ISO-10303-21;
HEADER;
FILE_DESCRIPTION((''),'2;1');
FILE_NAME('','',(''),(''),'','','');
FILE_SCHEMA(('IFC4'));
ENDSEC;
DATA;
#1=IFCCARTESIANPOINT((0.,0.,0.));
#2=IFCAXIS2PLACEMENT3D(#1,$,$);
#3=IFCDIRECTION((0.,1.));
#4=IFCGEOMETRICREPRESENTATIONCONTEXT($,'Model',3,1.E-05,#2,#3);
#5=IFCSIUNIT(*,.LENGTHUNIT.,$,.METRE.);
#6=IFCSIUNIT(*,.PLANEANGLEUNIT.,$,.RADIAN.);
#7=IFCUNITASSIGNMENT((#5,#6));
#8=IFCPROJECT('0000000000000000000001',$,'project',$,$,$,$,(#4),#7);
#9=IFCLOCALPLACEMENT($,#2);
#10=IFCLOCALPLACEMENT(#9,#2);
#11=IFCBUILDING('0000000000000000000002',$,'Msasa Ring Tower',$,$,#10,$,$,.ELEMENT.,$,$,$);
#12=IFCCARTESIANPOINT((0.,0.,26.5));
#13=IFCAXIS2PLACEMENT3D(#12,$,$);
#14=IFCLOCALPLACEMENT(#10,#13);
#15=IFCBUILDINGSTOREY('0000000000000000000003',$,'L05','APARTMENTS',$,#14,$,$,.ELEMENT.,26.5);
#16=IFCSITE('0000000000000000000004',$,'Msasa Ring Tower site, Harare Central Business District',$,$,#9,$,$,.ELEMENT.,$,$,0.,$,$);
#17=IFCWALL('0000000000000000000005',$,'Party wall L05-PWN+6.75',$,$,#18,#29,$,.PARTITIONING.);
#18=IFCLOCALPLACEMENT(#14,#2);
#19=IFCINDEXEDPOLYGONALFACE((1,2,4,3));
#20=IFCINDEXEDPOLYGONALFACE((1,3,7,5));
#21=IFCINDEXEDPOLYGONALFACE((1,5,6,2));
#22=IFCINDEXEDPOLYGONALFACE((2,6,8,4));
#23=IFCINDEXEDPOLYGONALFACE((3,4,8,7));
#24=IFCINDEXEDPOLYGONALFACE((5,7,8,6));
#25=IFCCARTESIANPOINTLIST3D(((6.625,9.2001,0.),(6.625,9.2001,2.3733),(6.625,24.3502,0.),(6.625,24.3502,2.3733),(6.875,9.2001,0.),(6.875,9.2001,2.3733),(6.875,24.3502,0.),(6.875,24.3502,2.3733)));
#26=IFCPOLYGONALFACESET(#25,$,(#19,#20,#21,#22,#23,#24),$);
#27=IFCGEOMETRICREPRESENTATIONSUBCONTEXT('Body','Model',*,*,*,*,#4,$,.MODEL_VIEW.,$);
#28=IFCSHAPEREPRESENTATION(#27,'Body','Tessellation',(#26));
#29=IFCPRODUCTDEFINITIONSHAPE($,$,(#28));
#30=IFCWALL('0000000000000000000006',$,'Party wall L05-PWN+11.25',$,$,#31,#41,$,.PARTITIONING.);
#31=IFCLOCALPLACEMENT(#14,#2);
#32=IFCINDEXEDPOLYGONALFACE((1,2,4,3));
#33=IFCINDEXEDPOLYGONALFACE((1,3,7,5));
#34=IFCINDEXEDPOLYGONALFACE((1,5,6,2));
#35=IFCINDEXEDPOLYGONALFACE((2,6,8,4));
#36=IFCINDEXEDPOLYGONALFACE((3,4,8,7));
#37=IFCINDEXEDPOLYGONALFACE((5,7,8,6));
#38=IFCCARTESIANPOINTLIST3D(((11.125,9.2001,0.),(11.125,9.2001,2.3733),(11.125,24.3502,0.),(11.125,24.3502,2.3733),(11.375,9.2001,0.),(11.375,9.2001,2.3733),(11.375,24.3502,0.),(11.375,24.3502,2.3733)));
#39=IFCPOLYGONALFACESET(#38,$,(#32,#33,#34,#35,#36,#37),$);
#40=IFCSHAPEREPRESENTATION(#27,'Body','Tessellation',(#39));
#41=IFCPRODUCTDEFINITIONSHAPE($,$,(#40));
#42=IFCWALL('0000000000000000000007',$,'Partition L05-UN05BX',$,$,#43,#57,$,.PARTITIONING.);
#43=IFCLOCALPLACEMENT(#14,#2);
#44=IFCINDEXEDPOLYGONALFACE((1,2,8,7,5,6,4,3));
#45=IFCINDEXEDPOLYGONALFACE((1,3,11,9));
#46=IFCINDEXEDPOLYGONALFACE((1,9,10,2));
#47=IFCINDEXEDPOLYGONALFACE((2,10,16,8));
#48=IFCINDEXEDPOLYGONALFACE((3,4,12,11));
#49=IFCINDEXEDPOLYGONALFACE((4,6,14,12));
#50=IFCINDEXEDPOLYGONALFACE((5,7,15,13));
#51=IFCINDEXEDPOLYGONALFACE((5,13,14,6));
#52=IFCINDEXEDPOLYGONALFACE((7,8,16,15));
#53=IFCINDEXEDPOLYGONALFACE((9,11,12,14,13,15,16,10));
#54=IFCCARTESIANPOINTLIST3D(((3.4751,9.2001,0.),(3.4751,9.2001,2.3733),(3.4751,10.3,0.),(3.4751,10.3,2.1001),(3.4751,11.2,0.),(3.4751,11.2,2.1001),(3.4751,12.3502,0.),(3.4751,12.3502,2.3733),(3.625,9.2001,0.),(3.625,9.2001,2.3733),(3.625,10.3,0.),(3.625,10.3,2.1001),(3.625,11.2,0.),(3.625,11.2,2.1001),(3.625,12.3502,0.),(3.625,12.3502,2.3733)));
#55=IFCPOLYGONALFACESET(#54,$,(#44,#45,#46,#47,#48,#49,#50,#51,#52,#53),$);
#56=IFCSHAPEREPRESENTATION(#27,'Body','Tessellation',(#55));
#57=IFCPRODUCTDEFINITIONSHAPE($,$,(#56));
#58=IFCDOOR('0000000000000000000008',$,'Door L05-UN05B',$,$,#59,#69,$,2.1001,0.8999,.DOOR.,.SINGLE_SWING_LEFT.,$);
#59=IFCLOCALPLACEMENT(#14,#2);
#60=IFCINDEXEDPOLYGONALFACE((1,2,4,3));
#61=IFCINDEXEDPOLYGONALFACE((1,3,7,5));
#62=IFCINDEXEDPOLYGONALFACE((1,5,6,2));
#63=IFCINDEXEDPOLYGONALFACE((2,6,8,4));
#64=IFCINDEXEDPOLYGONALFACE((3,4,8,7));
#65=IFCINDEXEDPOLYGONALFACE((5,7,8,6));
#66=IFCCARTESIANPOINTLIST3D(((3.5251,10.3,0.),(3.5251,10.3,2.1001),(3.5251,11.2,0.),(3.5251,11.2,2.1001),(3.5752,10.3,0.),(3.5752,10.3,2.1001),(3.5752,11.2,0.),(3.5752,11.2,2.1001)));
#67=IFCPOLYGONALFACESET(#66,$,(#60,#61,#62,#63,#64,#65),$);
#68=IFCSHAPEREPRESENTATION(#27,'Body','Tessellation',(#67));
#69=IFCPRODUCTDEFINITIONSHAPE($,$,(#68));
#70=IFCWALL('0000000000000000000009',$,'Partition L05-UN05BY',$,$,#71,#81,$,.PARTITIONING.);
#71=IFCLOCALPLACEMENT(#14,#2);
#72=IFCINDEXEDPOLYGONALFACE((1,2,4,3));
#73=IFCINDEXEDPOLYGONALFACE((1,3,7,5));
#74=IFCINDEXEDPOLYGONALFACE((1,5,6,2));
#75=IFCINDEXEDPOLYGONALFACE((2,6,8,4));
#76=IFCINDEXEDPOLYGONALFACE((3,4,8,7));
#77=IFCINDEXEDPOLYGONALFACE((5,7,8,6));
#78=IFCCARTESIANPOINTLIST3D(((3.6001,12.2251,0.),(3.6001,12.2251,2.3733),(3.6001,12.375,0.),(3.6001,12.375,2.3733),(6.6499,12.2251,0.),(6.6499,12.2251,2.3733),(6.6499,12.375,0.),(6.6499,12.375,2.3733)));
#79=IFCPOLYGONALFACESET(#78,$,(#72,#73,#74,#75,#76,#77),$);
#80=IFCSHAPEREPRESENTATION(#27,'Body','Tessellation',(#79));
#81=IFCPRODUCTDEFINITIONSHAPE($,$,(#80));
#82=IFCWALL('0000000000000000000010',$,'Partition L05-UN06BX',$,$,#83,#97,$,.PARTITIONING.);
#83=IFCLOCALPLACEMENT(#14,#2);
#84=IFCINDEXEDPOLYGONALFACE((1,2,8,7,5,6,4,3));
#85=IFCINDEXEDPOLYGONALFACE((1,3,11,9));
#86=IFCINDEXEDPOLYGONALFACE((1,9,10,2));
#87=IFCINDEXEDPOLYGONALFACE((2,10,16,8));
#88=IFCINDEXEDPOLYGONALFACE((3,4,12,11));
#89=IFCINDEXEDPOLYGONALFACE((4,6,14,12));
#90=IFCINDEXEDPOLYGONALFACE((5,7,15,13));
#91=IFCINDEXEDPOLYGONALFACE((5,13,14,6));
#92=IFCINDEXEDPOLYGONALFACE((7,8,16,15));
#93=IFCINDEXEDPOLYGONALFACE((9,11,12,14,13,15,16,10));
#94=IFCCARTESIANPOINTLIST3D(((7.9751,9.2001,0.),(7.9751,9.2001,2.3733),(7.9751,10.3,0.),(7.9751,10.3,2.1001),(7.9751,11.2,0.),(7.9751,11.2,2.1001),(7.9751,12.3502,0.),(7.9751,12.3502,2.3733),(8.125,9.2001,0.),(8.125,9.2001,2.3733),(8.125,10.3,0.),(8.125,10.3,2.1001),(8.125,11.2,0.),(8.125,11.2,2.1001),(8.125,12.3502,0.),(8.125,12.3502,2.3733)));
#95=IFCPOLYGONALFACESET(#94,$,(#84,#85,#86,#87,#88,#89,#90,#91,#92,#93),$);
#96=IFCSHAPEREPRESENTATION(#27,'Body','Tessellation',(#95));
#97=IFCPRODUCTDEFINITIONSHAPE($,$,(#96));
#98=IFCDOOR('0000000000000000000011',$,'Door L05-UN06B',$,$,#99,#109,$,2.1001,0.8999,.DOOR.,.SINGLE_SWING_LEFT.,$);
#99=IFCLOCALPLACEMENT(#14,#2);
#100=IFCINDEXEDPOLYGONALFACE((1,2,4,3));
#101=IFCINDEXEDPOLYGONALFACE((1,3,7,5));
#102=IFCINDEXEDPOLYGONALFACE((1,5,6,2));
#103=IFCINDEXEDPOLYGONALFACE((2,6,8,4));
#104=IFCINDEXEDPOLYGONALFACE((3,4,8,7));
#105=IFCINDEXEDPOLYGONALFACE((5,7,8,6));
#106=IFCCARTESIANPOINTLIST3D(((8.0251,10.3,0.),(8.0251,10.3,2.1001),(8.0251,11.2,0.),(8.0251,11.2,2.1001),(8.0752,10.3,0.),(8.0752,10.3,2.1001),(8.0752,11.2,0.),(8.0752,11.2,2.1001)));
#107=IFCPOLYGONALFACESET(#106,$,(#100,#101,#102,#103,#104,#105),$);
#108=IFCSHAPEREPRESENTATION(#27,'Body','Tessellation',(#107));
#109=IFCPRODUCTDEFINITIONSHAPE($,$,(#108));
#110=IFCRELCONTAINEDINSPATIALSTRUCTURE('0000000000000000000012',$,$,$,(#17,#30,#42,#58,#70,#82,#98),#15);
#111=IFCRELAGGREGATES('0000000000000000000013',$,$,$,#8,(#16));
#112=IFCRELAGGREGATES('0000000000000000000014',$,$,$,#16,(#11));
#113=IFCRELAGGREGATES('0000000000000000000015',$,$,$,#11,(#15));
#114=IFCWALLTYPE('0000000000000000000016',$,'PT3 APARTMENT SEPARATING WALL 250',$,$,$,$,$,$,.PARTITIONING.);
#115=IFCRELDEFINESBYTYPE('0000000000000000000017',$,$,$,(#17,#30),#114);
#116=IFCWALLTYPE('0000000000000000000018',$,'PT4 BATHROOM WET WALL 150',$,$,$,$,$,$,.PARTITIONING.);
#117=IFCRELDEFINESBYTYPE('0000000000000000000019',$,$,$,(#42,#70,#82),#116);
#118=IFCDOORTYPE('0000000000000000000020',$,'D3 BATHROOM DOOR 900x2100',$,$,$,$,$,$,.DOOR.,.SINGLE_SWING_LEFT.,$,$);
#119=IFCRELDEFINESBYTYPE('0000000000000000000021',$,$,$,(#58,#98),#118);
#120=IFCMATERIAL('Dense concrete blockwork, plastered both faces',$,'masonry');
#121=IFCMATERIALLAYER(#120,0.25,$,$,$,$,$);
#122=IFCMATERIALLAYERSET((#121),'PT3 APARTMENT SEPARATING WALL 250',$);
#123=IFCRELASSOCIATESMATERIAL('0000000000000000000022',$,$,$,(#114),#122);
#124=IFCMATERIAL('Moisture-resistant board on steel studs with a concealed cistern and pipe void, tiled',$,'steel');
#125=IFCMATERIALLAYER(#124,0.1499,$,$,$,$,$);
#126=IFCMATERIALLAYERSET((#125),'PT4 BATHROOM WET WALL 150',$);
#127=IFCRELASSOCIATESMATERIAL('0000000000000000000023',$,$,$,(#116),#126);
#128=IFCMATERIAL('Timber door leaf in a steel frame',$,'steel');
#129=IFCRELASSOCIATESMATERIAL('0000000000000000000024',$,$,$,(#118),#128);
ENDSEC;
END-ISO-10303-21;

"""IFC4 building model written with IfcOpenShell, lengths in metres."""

from ifc_helpers import new_model, si_unit, direction, frame, frame_2d, origin, place, context, subcontext, project, spatial, rectangle, extrude, material, layer, layer_set, type_object, element, fill, save


model = new_model("IFC4")

# Units and contexts
model_context = context("Model", 3, precision=1e-05, world=origin(), true_north=direction((0.0, 1.0)))
body_context = subcontext(model_context, "Body", "Model", "MODEL_VIEW")
ifc_project = project(units=[si_unit("LENGTHUNIT", "METRE"), si_unit("PLANEANGLEUNIT", "RADIAN")], contexts=[model_context])

# Site, building, storey
site_placement = place(None, origin())
site = spatial("IfcSite", under=ifc_project, at=site_placement, Name="Msasa Ring Tower site, Harare Central Business District", CompositionType="ELEMENT", RefElevation=0.0)
building_placement = place(site_placement, origin())
building = spatial("IfcBuilding", under=site, at=building_placement, Name="Msasa Ring Tower", CompositionType="ELEMENT")
storey_placement = place(building_placement, frame((0.0, 0.0, 26.5)))
storey = spatial("IfcBuildingStorey", under=building, at=storey_placement, Name="L05", Description="APARTMENTS", CompositionType="ELEMENT", Elevation=26.5)

# Walls
ifc_material_1 = material(Name="Dense concrete blockwork, plastered both faces", Category="masonry")
ifc_layer_1 = layer(ifc_material_1, 0.25)
ifc_layer_set_1 = layer_set([ifc_layer_1], Name="PT3 APARTMENT SEPARATING WALL 250")
wall_type_1 = type_object("IfcWallType", Name="PT3 APARTMENT SEPARATING WALL 250", PredefinedType="PARTITIONING", material=ifc_layer_set_1)
for number, where, z_axis, x_axis, name in (
    (1, (6.75, 9.2, 0.0), (0.0, 0.0, 1.0), (0.0, 1.0, 0.0), "Party wall L05-PWN+6.75"),
    (2, (11.25, 9.2, 0.0), (0.0, 0.0, 1.0), (0.0, 1.0, 0.0), "Party wall L05-PWN+11.25"),
):
    element("IfcWall", number, at=place(storey_placement, frame(where, z_axis=z_axis, x_axis=x_axis)), inside=storey, type_object=wall_type_1, Name=name, PredefinedType="PARTITIONING", context=body_context, shape_type="SweptSolid", body=[
        extrude(rectangle(XDim=15.1501, YDim=0.25, at=frame_2d((7.5752, 0.0))), origin(), (0.0, 0.0, 1.0), 2.3733),
    ])

# Wall, opening, door
ifc_material_2 = material(Name="Moisture-resistant board on steel studs with a concealed cistern and pipe void, tiled", Category="steel")
ifc_layer_2 = layer(ifc_material_2, 0.1499)
ifc_layer_set_2 = layer_set([ifc_layer_2], Name="PT4 BATHROOM WET WALL 150")
wall_type_2 = type_object("IfcWallType", Name="PT4 BATHROOM WET WALL 150", PredefinedType="PARTITIONING", material=ifc_layer_set_2)
wall_1_placement = place(storey_placement, frame((3.55, 9.2, 0.0), z_axis=(0.0, 0.0, 1.0), x_axis=(0.0, 1.0, 0.0)))
wall_1 = element("IfcWall", 3, at=wall_1_placement, inside=storey, type_object=wall_type_2, Name="Partition L05-UN05BX", PredefinedType="PARTITIONING", context=body_context, shape_type="SweptSolid", body=[
    extrude(rectangle(XDim=3.1501, YDim=0.1499, at=frame_2d((1.5752, 0.0))), origin(), (0.0, 0.0, 1.0), 2.3733),
])
opening_1_placement = place(wall_1_placement, frame((1.1001, 0.0, 0.0)))
opening_1 = element("IfcOpeningElement", 4, at=opening_1_placement, cuts=wall_1, PredefinedType="OPENING", context=body_context, shape_type="SweptSolid", body=[
    extrude(rectangle(XDim=0.8999, YDim=2.1001, at=frame_2d((0.45, 1.05))), frame((0.0, 0.085, 0.0), z_axis=(0.0, -1.0, 0.0), x_axis=(1.0, 0.0, 0.0)), (0.0, 0.0, 1.0), 0.1699),
])
ifc_material_3 = material(Name="Timber door leaf in a steel frame", Category="steel")
door_type_1 = type_object("IfcDoorType", Name="D3 BATHROOM DOOR 900x2100", OperationType="SINGLE_SWING_LEFT", PredefinedType="DOOR", material=ifc_material_3)
door_1_placement = place(opening_1_placement, origin())
door_1 = element("IfcDoor", 5, at=door_1_placement, inside=storey, type_object=door_type_1, Name="Door L05-UN05B", OperationType="SINGLE_SWING_LEFT", OverallHeight=2.1001, OverallWidth=0.8999, PredefinedType="DOOR", context=body_context, shape_type="SweptSolid", body=[
    extrude(rectangle(XDim=0.8999, YDim=2.1001, at=frame_2d((0.45, 1.05))), frame((0.0, 0.0249, 0.0), z_axis=(0.0, -1.0, 0.0), x_axis=(1.0, 0.0, 0.0)), (0.0, 0.0, 1.0), 0.05),
])
fill(opening_1, door_1)

# Wall
wall_2_placement = place(storey_placement, frame((3.6001, 12.3, 0.0), z_axis=(0.0, 0.0, 1.0), x_axis=(1.0, 0.0, 0.0)))
element("IfcWall", 6, at=wall_2_placement, inside=storey, type_object=wall_type_2, Name="Partition L05-UN05BY", PredefinedType="PARTITIONING", context=body_context, shape_type="SweptSolid", body=[
    extrude(rectangle(XDim=3.0498, YDim=0.1499, at=frame_2d((1.5249, 0.0))), origin(), (0.0, 0.0, 1.0), 2.3733),
])

# Wall, opening, door
wall_3_placement = place(storey_placement, frame((8.05, 9.2, 0.0), z_axis=(0.0, 0.0, 1.0), x_axis=(0.0, 1.0, 0.0)))
wall_3 = element("IfcWall", 7, at=wall_3_placement, inside=storey, type_object=wall_type_2, Name="Partition L05-UN06BX", PredefinedType="PARTITIONING", context=body_context, shape_type="SweptSolid", body=[
    extrude(rectangle(XDim=3.1501, YDim=0.1499, at=frame_2d((1.5752, 0.0))), origin(), (0.0, 0.0, 1.0), 2.3733),
])
opening_2_placement = place(wall_3_placement, frame((1.1001, 0.0, 0.0)))
opening_2 = element("IfcOpeningElement", 8, at=opening_2_placement, cuts=wall_3, PredefinedType="OPENING", context=body_context, shape_type="SweptSolid", body=[
    extrude(rectangle(XDim=0.8999, YDim=2.1001, at=frame_2d((0.45, 1.05))), frame((0.0, 0.085, 0.0), z_axis=(0.0, -1.0, 0.0), x_axis=(1.0, 0.0, 0.0)), (0.0, 0.0, 1.0), 0.1699),
])
door_2_placement = place(opening_2_placement, origin())
door_2 = element("IfcDoor", 9, at=door_2_placement, inside=storey, type_object=door_type_1, Name="Door L05-UN06B", OperationType="SINGLE_SWING_LEFT", OverallHeight=2.1001, OverallWidth=0.8999, PredefinedType="DOOR", context=body_context, shape_type="SweptSolid", body=[
    extrude(rectangle(XDim=0.8999, YDim=2.1001, at=frame_2d((0.45, 1.05))), frame((0.0, 0.0249, 0.0), z_axis=(0.0, -1.0, 0.0), x_axis=(1.0, 0.0, 0.0)), (0.0, 0.0, 1.0), 0.05),
])
fill(opening_2, door_2)

save(model, "model.ifc")
